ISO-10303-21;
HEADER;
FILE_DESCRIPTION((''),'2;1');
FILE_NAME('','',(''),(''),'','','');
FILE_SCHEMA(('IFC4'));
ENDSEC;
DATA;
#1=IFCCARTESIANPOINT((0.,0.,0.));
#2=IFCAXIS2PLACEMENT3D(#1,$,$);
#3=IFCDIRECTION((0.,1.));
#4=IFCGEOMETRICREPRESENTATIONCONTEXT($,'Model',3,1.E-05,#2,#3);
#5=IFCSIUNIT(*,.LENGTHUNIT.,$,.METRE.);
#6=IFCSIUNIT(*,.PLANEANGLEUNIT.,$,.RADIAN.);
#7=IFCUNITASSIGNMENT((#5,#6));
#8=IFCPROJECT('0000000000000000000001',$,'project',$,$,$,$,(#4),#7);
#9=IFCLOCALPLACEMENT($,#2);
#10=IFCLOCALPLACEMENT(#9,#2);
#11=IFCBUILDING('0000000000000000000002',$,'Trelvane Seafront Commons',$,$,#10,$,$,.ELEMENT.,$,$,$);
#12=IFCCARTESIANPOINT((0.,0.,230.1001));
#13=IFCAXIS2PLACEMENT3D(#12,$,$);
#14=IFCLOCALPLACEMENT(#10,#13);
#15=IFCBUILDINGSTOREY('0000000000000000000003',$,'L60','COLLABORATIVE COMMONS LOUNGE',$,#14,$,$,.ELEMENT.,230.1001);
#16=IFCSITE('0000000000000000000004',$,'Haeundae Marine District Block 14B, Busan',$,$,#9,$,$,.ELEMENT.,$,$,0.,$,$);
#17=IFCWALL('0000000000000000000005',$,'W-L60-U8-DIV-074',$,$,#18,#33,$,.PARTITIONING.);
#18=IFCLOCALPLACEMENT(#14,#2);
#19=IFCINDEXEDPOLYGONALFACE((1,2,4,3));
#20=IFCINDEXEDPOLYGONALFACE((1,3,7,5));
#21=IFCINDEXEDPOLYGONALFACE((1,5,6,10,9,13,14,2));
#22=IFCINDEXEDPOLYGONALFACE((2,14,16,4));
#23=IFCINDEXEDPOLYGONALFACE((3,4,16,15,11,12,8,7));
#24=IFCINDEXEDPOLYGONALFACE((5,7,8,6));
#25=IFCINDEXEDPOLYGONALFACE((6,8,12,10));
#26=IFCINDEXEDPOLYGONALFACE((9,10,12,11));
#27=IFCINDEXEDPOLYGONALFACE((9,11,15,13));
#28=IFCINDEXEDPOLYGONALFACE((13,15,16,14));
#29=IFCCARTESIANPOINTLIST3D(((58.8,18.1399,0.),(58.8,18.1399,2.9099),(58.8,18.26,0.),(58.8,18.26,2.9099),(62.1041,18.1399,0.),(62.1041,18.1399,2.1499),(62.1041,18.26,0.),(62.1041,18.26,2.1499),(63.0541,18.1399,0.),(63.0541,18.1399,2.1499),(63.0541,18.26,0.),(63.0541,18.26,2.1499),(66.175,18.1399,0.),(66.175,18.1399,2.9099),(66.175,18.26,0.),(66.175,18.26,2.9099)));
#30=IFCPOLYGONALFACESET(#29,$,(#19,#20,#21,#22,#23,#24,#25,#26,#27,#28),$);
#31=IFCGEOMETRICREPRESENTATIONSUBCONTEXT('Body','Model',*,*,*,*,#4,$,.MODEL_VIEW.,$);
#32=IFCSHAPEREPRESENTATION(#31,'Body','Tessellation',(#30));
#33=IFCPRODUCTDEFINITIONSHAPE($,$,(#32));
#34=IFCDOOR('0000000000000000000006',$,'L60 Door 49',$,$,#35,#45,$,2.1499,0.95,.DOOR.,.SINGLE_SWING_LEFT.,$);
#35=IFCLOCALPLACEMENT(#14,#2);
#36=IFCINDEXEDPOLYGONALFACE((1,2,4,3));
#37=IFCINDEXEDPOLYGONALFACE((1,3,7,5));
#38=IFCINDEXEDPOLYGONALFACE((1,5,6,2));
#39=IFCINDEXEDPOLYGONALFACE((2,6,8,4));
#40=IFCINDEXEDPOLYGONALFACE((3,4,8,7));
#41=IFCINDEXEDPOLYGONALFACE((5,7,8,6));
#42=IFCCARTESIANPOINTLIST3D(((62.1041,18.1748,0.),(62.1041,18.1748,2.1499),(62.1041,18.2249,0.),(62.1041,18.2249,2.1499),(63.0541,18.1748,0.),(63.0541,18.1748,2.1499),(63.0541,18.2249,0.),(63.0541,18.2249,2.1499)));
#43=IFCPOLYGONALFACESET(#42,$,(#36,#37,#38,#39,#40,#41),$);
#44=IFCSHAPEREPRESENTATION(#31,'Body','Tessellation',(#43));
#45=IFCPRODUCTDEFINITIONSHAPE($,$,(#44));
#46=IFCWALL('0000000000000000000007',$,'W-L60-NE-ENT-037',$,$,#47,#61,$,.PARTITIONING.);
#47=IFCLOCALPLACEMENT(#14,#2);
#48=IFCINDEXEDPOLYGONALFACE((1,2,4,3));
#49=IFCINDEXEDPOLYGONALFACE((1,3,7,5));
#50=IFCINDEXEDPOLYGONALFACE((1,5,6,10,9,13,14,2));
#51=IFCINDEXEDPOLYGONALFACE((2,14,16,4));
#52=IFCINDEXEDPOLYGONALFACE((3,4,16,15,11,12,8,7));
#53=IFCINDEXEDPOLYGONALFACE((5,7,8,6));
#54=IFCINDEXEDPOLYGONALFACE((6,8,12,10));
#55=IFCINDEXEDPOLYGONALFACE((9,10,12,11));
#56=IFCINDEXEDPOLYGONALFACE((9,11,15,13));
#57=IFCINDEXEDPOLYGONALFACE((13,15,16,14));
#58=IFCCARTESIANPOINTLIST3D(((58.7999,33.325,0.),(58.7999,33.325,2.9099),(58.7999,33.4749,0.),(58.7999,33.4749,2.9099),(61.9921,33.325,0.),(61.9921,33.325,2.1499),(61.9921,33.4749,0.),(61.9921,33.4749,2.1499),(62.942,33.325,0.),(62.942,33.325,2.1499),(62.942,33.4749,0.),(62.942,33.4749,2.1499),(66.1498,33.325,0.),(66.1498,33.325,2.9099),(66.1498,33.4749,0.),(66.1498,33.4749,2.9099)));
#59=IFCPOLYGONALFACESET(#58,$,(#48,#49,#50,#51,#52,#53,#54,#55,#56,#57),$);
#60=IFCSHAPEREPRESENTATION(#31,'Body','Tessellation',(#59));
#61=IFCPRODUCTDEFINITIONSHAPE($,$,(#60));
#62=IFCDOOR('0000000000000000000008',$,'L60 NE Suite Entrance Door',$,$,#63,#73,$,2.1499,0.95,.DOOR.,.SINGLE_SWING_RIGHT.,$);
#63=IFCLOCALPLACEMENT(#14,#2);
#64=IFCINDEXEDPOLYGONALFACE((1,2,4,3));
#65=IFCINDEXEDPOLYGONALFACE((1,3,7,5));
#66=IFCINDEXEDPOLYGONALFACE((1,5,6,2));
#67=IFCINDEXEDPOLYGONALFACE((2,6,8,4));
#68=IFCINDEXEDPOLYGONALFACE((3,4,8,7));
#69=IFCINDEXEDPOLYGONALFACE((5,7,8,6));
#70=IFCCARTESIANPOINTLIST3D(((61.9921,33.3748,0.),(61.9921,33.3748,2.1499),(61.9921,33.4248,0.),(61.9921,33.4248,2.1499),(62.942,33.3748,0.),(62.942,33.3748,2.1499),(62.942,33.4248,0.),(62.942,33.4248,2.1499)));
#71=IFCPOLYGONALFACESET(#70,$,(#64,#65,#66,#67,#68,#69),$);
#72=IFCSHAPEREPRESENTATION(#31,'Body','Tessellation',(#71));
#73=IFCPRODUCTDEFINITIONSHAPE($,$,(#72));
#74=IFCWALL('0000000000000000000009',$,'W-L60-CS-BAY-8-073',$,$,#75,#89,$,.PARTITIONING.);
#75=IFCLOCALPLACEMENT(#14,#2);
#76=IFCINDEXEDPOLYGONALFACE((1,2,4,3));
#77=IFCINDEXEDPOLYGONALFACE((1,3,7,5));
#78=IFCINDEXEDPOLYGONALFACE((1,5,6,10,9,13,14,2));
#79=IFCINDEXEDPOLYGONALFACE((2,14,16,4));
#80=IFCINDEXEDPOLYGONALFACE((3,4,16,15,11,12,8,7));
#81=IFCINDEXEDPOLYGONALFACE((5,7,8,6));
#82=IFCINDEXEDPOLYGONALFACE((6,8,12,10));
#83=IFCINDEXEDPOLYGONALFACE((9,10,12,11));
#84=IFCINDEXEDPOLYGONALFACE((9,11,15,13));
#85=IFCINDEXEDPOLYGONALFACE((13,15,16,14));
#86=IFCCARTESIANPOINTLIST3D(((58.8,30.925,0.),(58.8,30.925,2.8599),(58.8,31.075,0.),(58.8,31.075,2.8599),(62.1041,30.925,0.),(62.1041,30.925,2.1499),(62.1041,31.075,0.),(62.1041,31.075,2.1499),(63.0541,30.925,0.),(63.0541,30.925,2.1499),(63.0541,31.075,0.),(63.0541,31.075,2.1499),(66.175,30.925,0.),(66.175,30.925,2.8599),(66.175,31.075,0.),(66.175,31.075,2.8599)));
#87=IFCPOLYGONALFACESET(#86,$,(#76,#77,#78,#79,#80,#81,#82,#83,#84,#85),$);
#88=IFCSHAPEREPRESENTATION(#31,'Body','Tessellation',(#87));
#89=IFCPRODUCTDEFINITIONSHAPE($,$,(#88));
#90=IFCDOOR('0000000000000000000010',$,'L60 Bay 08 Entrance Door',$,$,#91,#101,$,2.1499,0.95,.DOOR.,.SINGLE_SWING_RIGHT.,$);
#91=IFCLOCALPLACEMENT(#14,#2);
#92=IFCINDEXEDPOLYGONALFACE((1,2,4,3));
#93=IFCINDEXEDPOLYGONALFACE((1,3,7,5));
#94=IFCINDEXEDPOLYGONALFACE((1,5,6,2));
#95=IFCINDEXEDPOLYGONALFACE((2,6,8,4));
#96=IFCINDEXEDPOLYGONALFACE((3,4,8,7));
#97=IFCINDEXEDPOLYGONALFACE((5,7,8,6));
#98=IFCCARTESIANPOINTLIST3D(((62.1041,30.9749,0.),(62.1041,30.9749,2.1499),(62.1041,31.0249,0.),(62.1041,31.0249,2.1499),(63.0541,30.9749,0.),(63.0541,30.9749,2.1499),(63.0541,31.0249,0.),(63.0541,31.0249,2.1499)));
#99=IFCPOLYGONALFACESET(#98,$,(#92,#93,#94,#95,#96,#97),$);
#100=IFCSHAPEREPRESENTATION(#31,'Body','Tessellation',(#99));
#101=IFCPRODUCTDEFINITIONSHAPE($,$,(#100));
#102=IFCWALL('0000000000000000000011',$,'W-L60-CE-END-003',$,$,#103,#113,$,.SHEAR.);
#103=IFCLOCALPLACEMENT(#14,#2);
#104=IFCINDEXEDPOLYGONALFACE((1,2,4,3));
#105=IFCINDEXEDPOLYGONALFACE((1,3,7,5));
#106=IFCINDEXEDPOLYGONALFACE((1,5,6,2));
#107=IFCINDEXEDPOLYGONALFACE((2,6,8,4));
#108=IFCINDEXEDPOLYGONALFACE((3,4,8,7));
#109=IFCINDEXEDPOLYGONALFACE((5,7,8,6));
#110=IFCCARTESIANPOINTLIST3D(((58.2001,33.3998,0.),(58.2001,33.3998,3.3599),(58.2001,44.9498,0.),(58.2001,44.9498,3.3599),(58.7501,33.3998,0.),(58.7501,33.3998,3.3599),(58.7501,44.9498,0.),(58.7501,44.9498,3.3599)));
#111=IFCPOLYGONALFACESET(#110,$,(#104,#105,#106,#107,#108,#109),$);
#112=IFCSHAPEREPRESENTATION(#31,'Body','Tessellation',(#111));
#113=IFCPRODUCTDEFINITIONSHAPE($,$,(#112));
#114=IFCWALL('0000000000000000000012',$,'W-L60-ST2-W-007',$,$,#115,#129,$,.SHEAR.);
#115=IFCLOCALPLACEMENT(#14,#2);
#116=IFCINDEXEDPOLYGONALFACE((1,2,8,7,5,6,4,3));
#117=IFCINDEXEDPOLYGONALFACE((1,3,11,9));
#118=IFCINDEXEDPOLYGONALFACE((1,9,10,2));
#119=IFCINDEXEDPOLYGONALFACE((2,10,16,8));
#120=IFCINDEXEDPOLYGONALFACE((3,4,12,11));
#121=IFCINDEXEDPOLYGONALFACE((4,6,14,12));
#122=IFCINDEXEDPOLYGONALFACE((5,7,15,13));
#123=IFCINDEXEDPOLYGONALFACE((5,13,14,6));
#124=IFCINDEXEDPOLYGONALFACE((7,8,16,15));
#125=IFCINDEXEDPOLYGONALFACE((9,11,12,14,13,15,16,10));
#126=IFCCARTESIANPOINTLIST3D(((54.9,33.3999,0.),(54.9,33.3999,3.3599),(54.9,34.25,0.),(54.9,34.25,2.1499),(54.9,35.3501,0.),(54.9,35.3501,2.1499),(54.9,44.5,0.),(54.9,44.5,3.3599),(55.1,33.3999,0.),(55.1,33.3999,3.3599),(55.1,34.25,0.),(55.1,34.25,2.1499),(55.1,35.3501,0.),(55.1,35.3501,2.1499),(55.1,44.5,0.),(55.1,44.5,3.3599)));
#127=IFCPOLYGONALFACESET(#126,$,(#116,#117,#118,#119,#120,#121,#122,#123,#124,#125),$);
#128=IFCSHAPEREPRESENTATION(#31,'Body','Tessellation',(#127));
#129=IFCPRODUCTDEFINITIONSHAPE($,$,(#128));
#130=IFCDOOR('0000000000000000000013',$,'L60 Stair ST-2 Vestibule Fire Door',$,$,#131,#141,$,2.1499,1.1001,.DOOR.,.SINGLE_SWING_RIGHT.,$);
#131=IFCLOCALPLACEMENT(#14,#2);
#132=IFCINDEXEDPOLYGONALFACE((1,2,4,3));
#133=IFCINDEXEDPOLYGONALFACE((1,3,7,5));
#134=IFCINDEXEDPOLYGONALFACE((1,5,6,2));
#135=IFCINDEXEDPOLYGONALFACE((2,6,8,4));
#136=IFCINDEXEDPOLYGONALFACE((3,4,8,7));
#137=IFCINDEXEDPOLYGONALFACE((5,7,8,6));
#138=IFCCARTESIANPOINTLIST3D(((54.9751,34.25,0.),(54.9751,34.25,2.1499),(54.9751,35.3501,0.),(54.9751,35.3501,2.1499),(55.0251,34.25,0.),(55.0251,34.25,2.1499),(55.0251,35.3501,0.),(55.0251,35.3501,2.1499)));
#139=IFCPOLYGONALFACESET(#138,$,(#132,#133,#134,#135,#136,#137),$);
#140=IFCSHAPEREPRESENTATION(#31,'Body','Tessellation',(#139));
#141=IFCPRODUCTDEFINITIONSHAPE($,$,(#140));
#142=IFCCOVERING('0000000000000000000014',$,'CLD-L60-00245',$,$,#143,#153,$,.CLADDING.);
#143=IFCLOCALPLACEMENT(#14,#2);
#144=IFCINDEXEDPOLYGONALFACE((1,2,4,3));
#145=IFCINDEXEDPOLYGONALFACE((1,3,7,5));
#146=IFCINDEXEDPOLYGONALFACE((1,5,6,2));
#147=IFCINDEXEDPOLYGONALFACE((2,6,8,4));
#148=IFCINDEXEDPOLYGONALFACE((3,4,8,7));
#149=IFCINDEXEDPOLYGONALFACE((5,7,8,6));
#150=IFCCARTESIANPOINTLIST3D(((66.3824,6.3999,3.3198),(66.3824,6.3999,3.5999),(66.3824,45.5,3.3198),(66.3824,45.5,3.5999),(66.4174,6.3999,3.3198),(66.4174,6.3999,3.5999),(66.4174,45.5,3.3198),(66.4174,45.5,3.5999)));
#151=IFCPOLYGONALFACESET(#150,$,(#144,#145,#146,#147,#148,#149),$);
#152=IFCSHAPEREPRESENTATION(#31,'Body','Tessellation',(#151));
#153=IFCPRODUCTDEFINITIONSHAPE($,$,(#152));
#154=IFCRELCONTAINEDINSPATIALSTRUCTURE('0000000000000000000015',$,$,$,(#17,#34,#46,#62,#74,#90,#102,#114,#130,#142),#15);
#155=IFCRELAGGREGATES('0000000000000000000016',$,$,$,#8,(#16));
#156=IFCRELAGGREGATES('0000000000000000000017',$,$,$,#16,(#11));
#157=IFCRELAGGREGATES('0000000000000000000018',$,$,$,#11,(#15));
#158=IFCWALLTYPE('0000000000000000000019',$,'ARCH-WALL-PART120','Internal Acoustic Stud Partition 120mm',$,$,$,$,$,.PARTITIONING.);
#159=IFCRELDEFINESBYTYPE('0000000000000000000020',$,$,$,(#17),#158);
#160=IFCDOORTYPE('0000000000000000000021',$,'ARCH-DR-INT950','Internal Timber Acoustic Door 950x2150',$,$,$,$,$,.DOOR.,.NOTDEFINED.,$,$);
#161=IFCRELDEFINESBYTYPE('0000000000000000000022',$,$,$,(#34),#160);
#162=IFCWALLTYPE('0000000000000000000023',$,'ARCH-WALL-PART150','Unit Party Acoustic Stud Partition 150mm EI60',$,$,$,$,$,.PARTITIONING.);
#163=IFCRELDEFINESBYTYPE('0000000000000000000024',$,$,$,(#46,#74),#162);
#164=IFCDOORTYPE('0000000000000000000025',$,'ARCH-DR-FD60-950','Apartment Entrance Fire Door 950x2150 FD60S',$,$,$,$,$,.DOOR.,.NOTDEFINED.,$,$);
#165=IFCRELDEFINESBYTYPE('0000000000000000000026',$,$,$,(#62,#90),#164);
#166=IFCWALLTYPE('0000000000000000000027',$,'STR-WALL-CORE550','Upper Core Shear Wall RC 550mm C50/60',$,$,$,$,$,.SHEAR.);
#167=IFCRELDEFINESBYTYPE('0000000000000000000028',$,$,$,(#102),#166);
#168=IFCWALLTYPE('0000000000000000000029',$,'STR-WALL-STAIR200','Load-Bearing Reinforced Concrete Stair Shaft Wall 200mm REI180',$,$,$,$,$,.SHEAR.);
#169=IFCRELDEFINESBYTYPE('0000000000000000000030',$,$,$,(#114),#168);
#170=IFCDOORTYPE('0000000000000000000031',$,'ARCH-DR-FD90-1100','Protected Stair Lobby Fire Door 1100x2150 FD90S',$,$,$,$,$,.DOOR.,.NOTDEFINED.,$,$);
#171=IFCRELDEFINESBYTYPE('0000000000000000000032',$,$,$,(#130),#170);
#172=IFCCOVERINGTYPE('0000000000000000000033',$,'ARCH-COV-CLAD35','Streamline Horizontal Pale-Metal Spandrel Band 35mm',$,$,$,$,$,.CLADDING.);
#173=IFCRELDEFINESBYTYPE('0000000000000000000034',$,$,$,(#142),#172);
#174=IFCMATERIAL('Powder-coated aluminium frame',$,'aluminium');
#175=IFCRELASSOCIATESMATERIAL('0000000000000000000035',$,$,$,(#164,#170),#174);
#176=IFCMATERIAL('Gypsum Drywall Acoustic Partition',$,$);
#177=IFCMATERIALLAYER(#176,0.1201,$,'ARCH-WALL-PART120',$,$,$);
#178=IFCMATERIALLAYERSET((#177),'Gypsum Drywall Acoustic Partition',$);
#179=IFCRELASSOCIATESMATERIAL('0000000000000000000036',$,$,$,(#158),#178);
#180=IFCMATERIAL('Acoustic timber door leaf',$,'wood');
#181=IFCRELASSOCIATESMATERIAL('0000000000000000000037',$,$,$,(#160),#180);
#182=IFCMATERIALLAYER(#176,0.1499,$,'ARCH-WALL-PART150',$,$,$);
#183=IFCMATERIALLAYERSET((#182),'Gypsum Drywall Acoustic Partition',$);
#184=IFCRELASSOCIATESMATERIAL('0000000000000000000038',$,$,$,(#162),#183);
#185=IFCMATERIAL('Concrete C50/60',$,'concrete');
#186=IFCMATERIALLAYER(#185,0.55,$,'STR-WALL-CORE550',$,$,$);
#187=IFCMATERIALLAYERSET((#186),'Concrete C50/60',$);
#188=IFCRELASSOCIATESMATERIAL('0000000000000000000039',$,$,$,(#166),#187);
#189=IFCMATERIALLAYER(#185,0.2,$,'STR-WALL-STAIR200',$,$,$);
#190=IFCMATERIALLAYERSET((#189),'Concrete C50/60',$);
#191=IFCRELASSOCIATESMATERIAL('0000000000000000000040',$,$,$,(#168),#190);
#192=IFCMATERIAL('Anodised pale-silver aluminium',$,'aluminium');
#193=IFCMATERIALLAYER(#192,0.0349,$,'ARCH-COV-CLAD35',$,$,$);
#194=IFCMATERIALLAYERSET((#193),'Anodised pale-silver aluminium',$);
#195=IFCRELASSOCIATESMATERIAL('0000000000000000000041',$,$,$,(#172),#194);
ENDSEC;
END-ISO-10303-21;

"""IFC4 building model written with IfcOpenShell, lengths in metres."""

from ifc_helpers import new_model, si_unit, direction, frame, frame_2d, origin, origin_2d, place, context, subcontext, project, spatial, rectangle, extrude, source, transform, mapped, material, layer, layer_set, type_object, element, fill, save


model = new_model("IFC4")

# Units and contexts
model_context = context("Model", 3, precision=1e-05, world=origin(), true_north=direction((0.0, 1.0)))
body_context = subcontext(model_context, "Body", "Model", "MODEL_VIEW")
ifc_project = project(units=[si_unit("LENGTHUNIT", "METRE"), si_unit("PLANEANGLEUNIT", "RADIAN")], contexts=[model_context])

# Site, building, storey
site_placement = place(None, origin())
site = spatial("IfcSite", under=ifc_project, at=site_placement, Name="Haeundae Marine District Block 14B, Busan", CompositionType="ELEMENT", RefElevation=0.0)
building_placement = place(site_placement, origin())
building = spatial("IfcBuilding", under=site, at=building_placement, Name="Trelvane Seafront Commons", CompositionType="ELEMENT")
storey_placement = place(building_placement, frame((0.0, 0.0, 230.1001)))
storey = spatial("IfcBuildingStorey", under=building, at=storey_placement, Name="L60", Description="COLLABORATIVE COMMONS LOUNGE", CompositionType="ELEMENT", Elevation=230.1001)

# Shared definitions
ifc_material_1 = material(Name="Concrete C50/60", Category="concrete")

# Shared definitions
ifc_material_2 = material(Name="Anodised pale-silver aluminium", Category="aluminium")

# Walls, openings, doors
ifc_material_3 = material(Name="Powder-coated aluminium frame", Category="aluminium")
door_type_1 = type_object("IfcDoorType", Name="ARCH-DR-FD60-950", Description="Apartment Entrance Fire Door 950x2150 FD60S", OperationType="NOTDEFINED", PredefinedType="DOOR", material=ifc_material_3)
shared_shape_1 = source(origin(), body_context, "Body", "SweptSolid", [
    extrude(rectangle(XDim=0.95, YDim=2.1499, at=frame_2d((0.4751, 1.075))), frame((0.0, 0.0249, 0.0), z_axis=(0.0, -1.0, 0.0), x_axis=(1.0, 0.0, 0.0)), (0.0, 0.0, 1.0), 0.05),
])
ifc_material_4 = material(Name="Gypsum Drywall Acoustic Partition")
ifc_layer_1 = layer(ifc_material_4, 0.1201, Name="ARCH-WALL-PART120")
ifc_layer_set_1 = layer_set([ifc_layer_1], Name="Gypsum Drywall Acoustic Partition")
wall_type_1 = type_object("IfcWallType", Name="ARCH-WALL-PART120", Description="Internal Acoustic Stud Partition 120mm", PredefinedType="PARTITIONING", material=ifc_layer_set_1)
wall_1_placement = place(storey_placement, frame((58.8, 18.2, 0.0), z_axis=(0.0, 0.0, 1.0), x_axis=(1.0, 0.0, 0.0)))
wall_1 = element("IfcWall", 1, at=wall_1_placement, inside=storey, type_object=wall_type_1, Name="W-L60-U8-DIV-074", PredefinedType="PARTITIONING", context=body_context, shape_type="SweptSolid", body=[
    extrude(rectangle(XDim=7.375, YDim=0.1201, at=frame_2d((3.6875, 0.0))), origin(), (0.0, 0.0, 1.0), 2.9099),
])
opening_1_placement = place(wall_1_placement, frame((3.304, 0.0, 0.0)))
opening_1 = element("IfcOpeningElement", 2, at=opening_1_placement, cuts=wall_1, PredefinedType="OPENING", context=body_context, shape_type="SweptSolid", body=[
    extrude(rectangle(XDim=0.95, YDim=2.1499, at=frame_2d((0.4751, 1.075))), frame((0.0, 0.0701, 0.0), z_axis=(0.0, -1.0, 0.0), x_axis=(1.0, 0.0, 0.0)), (0.0, 0.0, 1.0), 0.1401),
])
ifc_material_5 = material(Name="Acoustic timber door leaf", Category="wood")
door_type_2 = type_object("IfcDoorType", Name="ARCH-DR-INT950", Description="Internal Timber Acoustic Door 950x2150", OperationType="NOTDEFINED", PredefinedType="DOOR", material=ifc_material_5)
door_1_placement = place(opening_1_placement, origin())
door_1 = element("IfcDoor", 3, at=door_1_placement, inside=storey, type_object=door_type_2, Name="L60 Door 49", OperationType="SINGLE_SWING_LEFT", OverallHeight=2.1499, OverallWidth=0.95, PredefinedType="DOOR", context=body_context, shape_type="MappedRepresentation", body=[
    mapped(shared_shape_1, transform((0.0, 0.0, 0.0), x_axis=(1.0, 0.0, 0.0), y_axis=(0.0, 1.0, 0.0), z_axis=(0.0, 0.0, 1.0), scale=1.0)),
])
fill(opening_1, door_1)
ifc_layer_2 = layer(ifc_material_4, 0.1499, Name="ARCH-WALL-PART150")
ifc_layer_set_2 = layer_set([ifc_layer_2], Name="Gypsum Drywall Acoustic Partition")
wall_type_2 = type_object("IfcWallType", Name="ARCH-WALL-PART150", Description="Unit Party Acoustic Stud Partition 150mm EI60", PredefinedType="PARTITIONING", material=ifc_layer_set_2)
wall_2_placement = place(storey_placement, frame((58.8, 33.3999, 0.0), z_axis=(0.0, 0.0, 1.0), x_axis=(1.0, 0.0, 0.0)))
wall_2 = element("IfcWall", 4, at=wall_2_placement, inside=storey, type_object=wall_type_2, Name="W-L60-NE-ENT-037", PredefinedType="PARTITIONING", context=body_context, shape_type="SweptSolid", body=[
    extrude(rectangle(XDim=7.3499, YDim=0.1499, at=frame_2d((3.6748, 0.0))), origin(), (0.0, 0.0, 1.0), 2.9099),
])
opening_2_placement = place(wall_2_placement, frame((3.1919, 0.0, 0.0)))
opening_2 = element("IfcOpeningElement", 5, at=opening_2_placement, cuts=wall_2, PredefinedType="OPENING", context=body_context, shape_type="SweptSolid", body=[
    extrude(rectangle(XDim=0.95, YDim=2.1499, at=frame_2d((0.4751, 1.075))), frame((0.0, 0.085, 0.0), z_axis=(0.0, -1.0, 0.0), x_axis=(1.0, 0.0, 0.0)), (0.0, 0.0, 1.0), 0.1699),
])
door_2_placement = place(opening_2_placement, origin())
door_2 = element("IfcDoor", 6, at=door_2_placement, inside=storey, type_object=door_type_1, Name="L60 NE Suite Entrance Door", OperationType="SINGLE_SWING_RIGHT", OverallHeight=2.1499, OverallWidth=0.95, PredefinedType="DOOR", context=body_context, shape_type="MappedRepresentation", body=[
    mapped(shared_shape_1, transform((0.0, 0.0, 0.0), x_axis=(1.0, 0.0, 0.0), y_axis=(0.0, 1.0, 0.0), z_axis=(0.0, 0.0, 1.0), scale=1.0)),
])
fill(opening_2, door_2)
wall_3_placement = place(storey_placement, frame((58.8, 31.0, 0.0), z_axis=(0.0, 0.0, 1.0), x_axis=(1.0, 0.0, 0.0)))
wall_3 = element("IfcWall", 7, at=wall_3_placement, inside=storey, type_object=wall_type_2, Name="W-L60-CS-BAY-8-073", PredefinedType="PARTITIONING", context=body_context, shape_type="SweptSolid", body=[
    extrude(rectangle(XDim=7.375, YDim=0.1499, at=frame_2d((3.6875, 0.0))), origin(), (0.0, 0.0, 1.0), 2.8599),
])
opening_3_placement = place(wall_3_placement, frame((3.304, 0.0, 0.0)))
opening_3 = element("IfcOpeningElement", 8, at=opening_3_placement, cuts=wall_3, PredefinedType="OPENING", context=body_context, shape_type="SweptSolid", body=[
    extrude(rectangle(XDim=0.95, YDim=2.1499, at=frame_2d((0.4751, 1.075))), frame((0.0, 0.085, 0.0), z_axis=(0.0, -1.0, 0.0), x_axis=(1.0, 0.0, 0.0)), (0.0, 0.0, 1.0), 0.1699),
])
door_3_placement = place(opening_3_placement, origin())
door_3 = element("IfcDoor", 9, at=door_3_placement, inside=storey, type_object=door_type_1, Name="L60 Bay 08 Entrance Door", OperationType="SINGLE_SWING_RIGHT", OverallHeight=2.1499, OverallWidth=0.95, PredefinedType="DOOR", context=body_context, shape_type="MappedRepresentation", body=[
    mapped(shared_shape_1, transform((0.0, 0.0, 0.0), x_axis=(1.0, 0.0, 0.0), y_axis=(0.0, 1.0, 0.0), z_axis=(0.0, 0.0, 1.0), scale=1.0)),
])
fill(opening_3, door_3)

# Wall
ifc_layer_3 = layer(ifc_material_1, 0.55, Name="STR-WALL-CORE550")
ifc_layer_set_3 = layer_set([ifc_layer_3], Name="Concrete C50/60")
wall_type_3 = type_object("IfcWallType", Name="STR-WALL-CORE550", Description="Upper Core Shear Wall RC 550mm C50/60", PredefinedType="SHEAR", material=ifc_layer_set_3)
wall_4_placement = place(storey_placement, frame((58.4751, 33.3999, 0.0), z_axis=(0.0, 0.0, 1.0), x_axis=(0.0, 1.0, 0.0)))
element("IfcWall", 10, at=wall_4_placement, inside=storey, type_object=wall_type_3, Name="W-L60-CE-END-003", PredefinedType="SHEAR", context=body_context, shape_type="SweptSolid", body=[
    extrude(rectangle(XDim=11.55, YDim=0.55, at=frame_2d((5.7749, 0.0))), origin(), (0.0, 0.0, 1.0), 3.3599),
])

# Wall, opening, door
ifc_layer_4 = layer(ifc_material_1, 0.2, Name="STR-WALL-STAIR200")
ifc_layer_set_4 = layer_set([ifc_layer_4], Name="Concrete C50/60")
wall_type_4 = type_object("IfcWallType", Name="STR-WALL-STAIR200", Description="Load-Bearing Reinforced Concrete Stair Shaft Wall 200mm REI180", PredefinedType="SHEAR", material=ifc_layer_set_4)
wall_5_placement = place(storey_placement, frame((55.0, 33.3999, 0.0), z_axis=(0.0, 0.0, 1.0), x_axis=(0.0, 1.0, 0.0)))
wall_5 = element("IfcWall", 11, at=wall_5_placement, inside=storey, type_object=wall_type_4, Name="W-L60-ST2-W-007", PredefinedType="SHEAR", context=body_context, shape_type="SweptSolid", body=[
    extrude(rectangle(XDim=11.1001, YDim=0.2, at=frame_2d((5.55, 0.0))), origin(), (0.0, 0.0, 1.0), 3.3599),
])
opening_4_placement = place(wall_5_placement, frame((0.8501, 0.0, 0.0)))
opening_4 = element("IfcOpeningElement", 12, at=opening_4_placement, cuts=wall_5, PredefinedType="OPENING", context=body_context, shape_type="SweptSolid", body=[
    extrude(rectangle(XDim=1.1001, YDim=2.1499, at=frame_2d((0.55, 1.075))), frame((0.0, 0.1099, 0.0), z_axis=(0.0, -1.0, 0.0), x_axis=(1.0, 0.0, 0.0)), (0.0, 0.0, 1.0), 0.22),
])
door_type_3 = type_object("IfcDoorType", Name="ARCH-DR-FD90-1100", Description="Protected Stair Lobby Fire Door 1100x2150 FD90S", OperationType="NOTDEFINED", PredefinedType="DOOR", material=ifc_material_3)
shared_shape_2 = source(origin(), body_context, "Body", "SweptSolid", [
    extrude(rectangle(XDim=1.1001, YDim=2.1499, at=frame_2d((0.55, 1.075))), frame((0.0, 0.0249, 0.0), z_axis=(0.0, -1.0, 0.0), x_axis=(1.0, 0.0, 0.0)), (0.0, 0.0, 1.0), 0.05),
])
door_4_placement = place(opening_4_placement, origin())
door_4 = element("IfcDoor", 13, at=door_4_placement, inside=storey, type_object=door_type_3, Name="L60 Stair ST-2 Vestibule Fire Door", OperationType="SINGLE_SWING_RIGHT", OverallHeight=2.1499, OverallWidth=1.1001, PredefinedType="DOOR", context=body_context, shape_type="MappedRepresentation", body=[
    mapped(shared_shape_2, transform((0.0, 0.0, 0.0), x_axis=(1.0, 0.0, 0.0), y_axis=(0.0, 1.0, 0.0), z_axis=(0.0, 0.0, 1.0), scale=1.0)),
])
fill(opening_4, door_4)

# Covering
ifc_layer_5 = layer(ifc_material_2, 0.0349, Name="ARCH-COV-CLAD35")
ifc_layer_set_5 = layer_set([ifc_layer_5], Name="Anodised pale-silver aluminium")
covering_type = type_object("IfcCoveringType", Name="ARCH-COV-CLAD35", Description="Streamline Horizontal Pale-Metal Spandrel Band 35mm", PredefinedType="CLADDING", material=ifc_layer_set_5)
shared_shape_3 = source(origin(), body_context, "Body", "SweptSolid", [
    extrude(rectangle(XDim=39.1001, YDim=0.0349, at=origin_2d()), origin(), (0.0, 0.0, 1.0), 0.28),
])
covering_placement = place(storey_placement, frame((66.3999, 25.95, 3.3198), z_axis=(0.0, 0.0, 1.0), x_axis=(0.0, -1.0, 0.0)))
element("IfcCovering", 14, at=covering_placement, inside=storey, type_object=covering_type, Name="CLD-L60-00245", PredefinedType="CLADDING", context=body_context, shape_type="MappedRepresentation", body=[
    mapped(shared_shape_3, transform((0.0, 0.0, 0.0), x_axis=(1.0, 0.0, 0.0), y_axis=(0.0, 1.0, 0.0), z_axis=(0.0, 0.0, 1.0), scale=1.0)),
])

save(model, "model.ifc")
